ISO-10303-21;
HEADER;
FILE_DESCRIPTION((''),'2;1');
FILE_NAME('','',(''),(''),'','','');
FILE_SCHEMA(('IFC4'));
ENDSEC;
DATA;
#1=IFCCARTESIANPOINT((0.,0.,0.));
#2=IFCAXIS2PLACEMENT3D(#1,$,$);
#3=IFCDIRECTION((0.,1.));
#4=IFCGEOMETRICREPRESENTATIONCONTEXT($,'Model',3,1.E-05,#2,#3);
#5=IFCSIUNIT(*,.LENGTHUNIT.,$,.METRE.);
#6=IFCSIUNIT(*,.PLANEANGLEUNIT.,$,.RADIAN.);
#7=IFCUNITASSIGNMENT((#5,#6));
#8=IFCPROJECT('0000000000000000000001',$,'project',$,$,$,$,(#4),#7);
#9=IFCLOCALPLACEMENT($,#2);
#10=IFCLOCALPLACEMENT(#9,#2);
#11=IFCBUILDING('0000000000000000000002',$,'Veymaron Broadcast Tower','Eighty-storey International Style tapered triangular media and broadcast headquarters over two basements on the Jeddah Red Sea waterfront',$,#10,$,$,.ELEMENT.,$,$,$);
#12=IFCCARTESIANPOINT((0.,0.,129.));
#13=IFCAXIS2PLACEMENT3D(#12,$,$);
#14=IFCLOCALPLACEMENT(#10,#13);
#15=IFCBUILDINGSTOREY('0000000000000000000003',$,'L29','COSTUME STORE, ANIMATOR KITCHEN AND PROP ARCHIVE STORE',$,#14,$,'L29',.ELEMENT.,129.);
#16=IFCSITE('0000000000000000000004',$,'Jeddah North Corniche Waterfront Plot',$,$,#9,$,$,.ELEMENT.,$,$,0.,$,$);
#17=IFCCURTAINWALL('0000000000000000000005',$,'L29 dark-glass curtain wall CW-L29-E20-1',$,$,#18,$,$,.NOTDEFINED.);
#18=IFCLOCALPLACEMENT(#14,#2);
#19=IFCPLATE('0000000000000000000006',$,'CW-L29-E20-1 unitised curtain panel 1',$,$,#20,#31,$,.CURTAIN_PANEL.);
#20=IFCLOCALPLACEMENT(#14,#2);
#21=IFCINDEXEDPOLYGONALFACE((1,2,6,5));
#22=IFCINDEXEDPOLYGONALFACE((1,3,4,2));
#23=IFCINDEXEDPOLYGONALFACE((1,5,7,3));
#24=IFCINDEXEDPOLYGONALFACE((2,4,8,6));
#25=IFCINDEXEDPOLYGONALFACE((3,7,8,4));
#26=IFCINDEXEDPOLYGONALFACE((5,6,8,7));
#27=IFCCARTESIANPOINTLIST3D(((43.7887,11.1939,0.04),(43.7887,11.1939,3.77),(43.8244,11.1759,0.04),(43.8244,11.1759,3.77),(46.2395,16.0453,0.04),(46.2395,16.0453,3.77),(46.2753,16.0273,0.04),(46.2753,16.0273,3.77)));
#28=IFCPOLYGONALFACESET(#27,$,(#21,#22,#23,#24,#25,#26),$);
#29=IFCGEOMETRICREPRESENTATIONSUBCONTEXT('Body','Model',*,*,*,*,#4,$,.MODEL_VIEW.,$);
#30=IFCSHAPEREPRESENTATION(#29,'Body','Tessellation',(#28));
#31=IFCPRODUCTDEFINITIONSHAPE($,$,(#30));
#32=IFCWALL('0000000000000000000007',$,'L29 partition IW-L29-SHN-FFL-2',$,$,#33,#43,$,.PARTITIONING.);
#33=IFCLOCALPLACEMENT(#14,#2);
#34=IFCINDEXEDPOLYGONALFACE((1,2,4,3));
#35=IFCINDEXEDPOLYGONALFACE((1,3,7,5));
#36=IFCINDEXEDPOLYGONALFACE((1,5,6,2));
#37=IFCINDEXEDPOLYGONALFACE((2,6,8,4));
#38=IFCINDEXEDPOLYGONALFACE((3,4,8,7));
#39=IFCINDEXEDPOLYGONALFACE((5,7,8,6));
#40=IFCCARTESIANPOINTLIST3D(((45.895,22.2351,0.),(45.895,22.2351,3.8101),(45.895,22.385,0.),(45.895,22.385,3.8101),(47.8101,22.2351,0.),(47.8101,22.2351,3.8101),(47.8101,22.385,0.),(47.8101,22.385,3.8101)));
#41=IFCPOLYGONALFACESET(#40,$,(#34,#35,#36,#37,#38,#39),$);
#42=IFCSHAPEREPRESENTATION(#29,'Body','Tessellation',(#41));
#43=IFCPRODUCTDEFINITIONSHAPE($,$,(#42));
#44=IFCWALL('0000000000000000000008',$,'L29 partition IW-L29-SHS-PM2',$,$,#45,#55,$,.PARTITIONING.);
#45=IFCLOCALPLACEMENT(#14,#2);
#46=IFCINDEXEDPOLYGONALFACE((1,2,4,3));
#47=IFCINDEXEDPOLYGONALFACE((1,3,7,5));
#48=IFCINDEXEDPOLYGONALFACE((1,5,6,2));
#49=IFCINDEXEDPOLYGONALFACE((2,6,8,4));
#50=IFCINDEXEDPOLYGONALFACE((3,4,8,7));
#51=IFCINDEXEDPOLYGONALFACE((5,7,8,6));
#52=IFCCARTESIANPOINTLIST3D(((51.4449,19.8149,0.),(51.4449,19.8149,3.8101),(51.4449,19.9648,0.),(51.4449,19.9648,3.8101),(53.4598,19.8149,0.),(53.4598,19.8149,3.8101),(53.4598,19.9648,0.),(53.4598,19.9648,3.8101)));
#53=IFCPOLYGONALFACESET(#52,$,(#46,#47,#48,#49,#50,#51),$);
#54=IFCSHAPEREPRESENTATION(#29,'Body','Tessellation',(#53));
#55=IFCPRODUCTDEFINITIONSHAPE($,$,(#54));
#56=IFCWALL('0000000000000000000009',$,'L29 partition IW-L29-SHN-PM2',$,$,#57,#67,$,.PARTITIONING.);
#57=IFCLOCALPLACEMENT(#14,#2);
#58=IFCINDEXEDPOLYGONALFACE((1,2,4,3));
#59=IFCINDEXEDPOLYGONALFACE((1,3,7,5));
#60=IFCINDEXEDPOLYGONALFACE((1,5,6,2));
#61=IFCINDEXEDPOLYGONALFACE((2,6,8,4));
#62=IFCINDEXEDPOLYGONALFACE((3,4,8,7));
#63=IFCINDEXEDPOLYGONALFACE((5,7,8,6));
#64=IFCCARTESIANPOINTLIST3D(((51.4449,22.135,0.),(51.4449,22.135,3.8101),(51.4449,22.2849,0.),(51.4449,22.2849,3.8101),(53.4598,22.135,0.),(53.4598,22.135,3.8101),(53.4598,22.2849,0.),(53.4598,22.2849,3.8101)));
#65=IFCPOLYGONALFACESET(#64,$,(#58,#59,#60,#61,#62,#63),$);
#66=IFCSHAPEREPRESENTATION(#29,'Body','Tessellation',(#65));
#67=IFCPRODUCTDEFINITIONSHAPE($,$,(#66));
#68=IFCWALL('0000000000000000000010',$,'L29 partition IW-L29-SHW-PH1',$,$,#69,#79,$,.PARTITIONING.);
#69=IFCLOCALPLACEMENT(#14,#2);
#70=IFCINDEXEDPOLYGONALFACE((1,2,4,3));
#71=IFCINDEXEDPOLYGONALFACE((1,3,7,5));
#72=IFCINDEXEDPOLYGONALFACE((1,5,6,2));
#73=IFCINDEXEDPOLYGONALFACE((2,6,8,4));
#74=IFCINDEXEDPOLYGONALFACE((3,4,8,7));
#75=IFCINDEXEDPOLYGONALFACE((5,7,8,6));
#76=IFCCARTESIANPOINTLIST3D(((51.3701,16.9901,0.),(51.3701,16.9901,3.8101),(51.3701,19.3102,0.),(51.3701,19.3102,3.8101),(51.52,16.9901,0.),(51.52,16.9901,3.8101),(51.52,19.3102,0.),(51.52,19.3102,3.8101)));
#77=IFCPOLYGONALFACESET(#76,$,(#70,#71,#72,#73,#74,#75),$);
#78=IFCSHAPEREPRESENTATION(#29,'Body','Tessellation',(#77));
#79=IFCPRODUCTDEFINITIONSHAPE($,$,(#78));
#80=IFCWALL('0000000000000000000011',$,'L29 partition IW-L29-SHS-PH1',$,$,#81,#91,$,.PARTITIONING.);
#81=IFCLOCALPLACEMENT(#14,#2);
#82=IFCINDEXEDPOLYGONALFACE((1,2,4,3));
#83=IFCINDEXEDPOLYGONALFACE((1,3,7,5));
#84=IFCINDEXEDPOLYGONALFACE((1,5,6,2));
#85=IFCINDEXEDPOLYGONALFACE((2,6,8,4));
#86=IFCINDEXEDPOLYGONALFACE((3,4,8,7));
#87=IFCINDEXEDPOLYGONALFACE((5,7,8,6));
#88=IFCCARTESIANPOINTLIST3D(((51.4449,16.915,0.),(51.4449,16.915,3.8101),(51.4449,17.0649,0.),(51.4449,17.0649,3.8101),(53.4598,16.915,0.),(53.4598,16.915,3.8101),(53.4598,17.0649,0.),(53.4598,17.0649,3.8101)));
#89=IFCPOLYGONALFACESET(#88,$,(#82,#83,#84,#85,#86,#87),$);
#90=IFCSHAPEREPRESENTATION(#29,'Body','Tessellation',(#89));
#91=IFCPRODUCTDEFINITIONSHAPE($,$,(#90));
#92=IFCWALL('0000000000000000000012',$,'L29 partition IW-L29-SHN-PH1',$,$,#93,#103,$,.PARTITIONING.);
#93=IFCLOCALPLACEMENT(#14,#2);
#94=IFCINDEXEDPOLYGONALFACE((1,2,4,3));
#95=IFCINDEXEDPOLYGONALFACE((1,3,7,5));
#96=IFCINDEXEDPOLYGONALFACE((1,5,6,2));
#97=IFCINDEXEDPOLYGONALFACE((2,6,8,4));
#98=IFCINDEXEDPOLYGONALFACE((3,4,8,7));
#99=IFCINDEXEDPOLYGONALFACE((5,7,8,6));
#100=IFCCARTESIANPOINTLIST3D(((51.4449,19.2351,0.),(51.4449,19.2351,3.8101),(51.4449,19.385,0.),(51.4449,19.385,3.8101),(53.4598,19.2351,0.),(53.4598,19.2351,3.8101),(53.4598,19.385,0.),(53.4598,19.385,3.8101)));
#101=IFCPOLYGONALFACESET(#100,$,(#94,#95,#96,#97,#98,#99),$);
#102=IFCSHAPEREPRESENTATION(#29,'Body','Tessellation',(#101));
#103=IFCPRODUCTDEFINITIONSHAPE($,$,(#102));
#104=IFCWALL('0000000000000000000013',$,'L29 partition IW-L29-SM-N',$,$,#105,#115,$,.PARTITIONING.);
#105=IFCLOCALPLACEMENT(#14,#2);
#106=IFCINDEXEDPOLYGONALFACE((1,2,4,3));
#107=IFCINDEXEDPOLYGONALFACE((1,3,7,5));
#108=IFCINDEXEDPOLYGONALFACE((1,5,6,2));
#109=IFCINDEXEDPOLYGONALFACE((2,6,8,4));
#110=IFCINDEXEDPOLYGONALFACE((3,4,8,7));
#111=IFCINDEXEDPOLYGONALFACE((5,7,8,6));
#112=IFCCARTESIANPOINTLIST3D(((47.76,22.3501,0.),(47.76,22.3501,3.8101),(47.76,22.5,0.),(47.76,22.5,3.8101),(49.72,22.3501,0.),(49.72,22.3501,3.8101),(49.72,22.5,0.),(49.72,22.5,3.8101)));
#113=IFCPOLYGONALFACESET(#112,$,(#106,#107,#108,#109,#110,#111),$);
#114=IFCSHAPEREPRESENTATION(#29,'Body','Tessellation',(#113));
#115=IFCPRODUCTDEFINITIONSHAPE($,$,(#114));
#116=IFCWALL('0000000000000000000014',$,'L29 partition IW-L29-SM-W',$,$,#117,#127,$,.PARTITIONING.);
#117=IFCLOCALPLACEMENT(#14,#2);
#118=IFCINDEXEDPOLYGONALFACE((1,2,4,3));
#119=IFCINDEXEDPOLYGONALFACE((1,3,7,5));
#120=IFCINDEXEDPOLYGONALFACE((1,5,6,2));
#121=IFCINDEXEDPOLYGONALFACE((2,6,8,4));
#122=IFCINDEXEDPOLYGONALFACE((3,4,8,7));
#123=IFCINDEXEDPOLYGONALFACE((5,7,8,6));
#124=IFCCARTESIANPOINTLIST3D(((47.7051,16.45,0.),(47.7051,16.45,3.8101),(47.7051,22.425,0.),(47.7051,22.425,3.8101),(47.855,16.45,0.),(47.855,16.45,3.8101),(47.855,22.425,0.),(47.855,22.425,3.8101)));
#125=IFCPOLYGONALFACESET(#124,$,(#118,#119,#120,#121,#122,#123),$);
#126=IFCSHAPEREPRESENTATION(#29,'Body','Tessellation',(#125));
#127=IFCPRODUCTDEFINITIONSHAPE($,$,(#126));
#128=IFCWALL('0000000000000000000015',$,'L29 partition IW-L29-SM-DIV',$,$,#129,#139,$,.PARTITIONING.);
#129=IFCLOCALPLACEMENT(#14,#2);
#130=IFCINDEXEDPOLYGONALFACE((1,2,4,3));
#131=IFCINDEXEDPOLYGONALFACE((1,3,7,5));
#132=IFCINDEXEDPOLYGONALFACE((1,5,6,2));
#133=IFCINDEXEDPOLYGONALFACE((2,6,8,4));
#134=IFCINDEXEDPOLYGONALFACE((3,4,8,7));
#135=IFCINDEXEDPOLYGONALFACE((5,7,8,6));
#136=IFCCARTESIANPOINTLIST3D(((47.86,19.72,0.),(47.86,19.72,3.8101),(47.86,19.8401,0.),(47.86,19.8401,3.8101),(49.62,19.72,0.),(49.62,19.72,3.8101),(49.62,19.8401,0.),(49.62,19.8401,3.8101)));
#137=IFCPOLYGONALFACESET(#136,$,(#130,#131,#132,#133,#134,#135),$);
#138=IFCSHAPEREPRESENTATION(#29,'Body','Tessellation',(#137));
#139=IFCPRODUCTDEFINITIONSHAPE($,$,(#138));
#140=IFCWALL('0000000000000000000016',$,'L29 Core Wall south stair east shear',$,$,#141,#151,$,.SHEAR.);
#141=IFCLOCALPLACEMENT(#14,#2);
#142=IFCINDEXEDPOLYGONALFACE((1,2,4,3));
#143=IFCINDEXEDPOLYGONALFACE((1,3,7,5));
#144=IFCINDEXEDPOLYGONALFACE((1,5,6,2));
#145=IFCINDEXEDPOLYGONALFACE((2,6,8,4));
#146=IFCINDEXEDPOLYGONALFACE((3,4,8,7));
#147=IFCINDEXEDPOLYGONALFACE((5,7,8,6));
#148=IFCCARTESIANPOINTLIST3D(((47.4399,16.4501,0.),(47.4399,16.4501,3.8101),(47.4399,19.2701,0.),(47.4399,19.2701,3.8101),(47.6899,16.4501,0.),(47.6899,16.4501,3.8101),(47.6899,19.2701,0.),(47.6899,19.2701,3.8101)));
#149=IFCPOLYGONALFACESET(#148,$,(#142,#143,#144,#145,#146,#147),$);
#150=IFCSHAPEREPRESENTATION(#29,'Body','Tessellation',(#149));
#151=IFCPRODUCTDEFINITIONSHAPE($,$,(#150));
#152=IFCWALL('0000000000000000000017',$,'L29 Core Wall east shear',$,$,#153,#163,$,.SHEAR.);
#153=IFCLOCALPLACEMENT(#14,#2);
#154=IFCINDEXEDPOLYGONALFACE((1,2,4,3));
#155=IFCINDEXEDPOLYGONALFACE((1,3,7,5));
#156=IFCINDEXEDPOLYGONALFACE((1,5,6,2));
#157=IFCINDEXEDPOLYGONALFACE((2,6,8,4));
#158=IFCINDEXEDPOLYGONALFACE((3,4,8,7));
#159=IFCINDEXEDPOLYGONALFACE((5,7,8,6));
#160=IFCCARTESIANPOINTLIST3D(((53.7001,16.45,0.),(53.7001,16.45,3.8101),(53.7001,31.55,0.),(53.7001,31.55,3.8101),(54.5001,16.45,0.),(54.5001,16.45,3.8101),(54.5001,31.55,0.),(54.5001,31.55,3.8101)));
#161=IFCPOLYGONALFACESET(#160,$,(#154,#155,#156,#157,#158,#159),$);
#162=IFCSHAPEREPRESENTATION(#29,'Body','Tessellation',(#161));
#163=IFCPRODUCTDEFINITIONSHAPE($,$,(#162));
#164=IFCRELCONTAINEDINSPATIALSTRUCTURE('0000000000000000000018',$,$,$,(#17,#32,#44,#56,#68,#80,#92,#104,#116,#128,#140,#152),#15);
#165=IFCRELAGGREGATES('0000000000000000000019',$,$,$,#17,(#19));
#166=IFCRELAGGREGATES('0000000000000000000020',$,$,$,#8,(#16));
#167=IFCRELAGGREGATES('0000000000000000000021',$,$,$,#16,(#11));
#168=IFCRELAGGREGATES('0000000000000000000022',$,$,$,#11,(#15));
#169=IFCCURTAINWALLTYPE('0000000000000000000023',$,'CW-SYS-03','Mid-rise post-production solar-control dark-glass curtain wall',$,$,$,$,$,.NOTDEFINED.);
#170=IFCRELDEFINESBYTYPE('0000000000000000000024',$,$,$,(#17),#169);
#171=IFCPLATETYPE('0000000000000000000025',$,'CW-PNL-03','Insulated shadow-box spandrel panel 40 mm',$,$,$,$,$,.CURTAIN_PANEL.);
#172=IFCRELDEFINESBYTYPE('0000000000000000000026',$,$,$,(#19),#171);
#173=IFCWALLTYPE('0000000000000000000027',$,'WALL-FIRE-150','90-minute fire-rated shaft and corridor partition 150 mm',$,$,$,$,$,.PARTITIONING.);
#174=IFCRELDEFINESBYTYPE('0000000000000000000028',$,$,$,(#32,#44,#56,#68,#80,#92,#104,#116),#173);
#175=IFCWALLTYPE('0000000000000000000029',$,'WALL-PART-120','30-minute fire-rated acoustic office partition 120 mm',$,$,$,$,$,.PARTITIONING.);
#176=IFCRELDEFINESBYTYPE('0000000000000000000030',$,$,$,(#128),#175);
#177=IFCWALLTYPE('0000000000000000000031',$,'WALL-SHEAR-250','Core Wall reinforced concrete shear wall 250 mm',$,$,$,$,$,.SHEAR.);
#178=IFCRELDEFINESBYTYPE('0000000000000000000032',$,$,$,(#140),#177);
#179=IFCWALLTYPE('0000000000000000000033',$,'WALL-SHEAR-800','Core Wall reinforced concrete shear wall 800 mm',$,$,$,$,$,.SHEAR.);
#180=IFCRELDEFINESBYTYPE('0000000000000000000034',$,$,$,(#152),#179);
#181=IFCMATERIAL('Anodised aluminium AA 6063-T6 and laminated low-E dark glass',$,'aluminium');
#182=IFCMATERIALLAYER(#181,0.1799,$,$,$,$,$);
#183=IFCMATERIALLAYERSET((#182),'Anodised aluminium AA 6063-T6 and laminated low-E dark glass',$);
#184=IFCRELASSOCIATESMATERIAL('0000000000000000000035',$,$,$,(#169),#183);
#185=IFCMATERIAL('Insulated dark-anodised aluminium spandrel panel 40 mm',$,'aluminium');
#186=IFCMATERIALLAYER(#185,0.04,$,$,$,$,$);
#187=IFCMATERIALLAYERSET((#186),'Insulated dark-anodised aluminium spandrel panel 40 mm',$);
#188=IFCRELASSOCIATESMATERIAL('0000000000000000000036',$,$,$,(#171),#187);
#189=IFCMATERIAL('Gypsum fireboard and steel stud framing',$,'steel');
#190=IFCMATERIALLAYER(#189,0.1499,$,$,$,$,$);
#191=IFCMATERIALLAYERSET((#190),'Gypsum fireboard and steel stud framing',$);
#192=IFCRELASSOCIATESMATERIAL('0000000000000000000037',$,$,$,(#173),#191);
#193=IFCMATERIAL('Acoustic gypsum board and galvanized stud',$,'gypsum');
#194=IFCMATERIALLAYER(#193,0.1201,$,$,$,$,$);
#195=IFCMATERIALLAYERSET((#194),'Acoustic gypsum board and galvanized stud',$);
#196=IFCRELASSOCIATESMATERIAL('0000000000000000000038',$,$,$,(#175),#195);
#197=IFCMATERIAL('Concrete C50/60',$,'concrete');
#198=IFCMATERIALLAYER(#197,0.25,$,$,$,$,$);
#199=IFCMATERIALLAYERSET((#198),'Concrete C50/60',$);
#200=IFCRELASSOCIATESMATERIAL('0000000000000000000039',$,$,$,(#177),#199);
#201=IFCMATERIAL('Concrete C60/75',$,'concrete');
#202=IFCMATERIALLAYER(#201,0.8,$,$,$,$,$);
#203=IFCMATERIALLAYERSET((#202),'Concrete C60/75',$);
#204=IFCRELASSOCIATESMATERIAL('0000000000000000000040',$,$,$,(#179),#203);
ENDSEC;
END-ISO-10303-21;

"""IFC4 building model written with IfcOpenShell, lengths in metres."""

from ifc_helpers import new_model, si_unit, direction, frame, frame_2d, origin, origin_2d, place, context, subcontext, project, spatial, rectangle, extrude, material, layer, layer_set, type_object, element, aggregate, save


model = new_model("IFC4")

# Units and contexts
model_context = context("Model", 3, precision=1e-05, world=origin(), true_north=direction((0.0, 1.0)))
body_context = subcontext(model_context, "Body", "Model", "MODEL_VIEW")
ifc_project = project(units=[si_unit("LENGTHUNIT", "METRE"), si_unit("PLANEANGLEUNIT", "RADIAN")], contexts=[model_context])

# Site, building, storey
site_placement = place(None, origin())
site = spatial("IfcSite", under=ifc_project, at=site_placement, Name="Jeddah North Corniche Waterfront Plot", CompositionType="ELEMENT", RefElevation=0.0)
building_placement = place(site_placement, origin())
building = spatial("IfcBuilding", under=site, at=building_placement, Name="Veymaron Broadcast Tower", Description="Eighty-storey International Style tapered triangular media and broadcast headquarters over two basements on the Jeddah Red Sea waterfront", CompositionType="ELEMENT")
storey_placement = place(building_placement, frame((0.0, 0.0, 129.0)))
storey = spatial("IfcBuildingStorey", under=building, at=storey_placement, Name="L29", Description="COSTUME STORE, ANIMATOR KITCHEN AND PROP ARCHIVE STORE", LongName="L29", CompositionType="ELEMENT", Elevation=129.0)

# Shared definitions
ifc_material_1 = material(Name="Anodised aluminium AA 6063-T6 and laminated low-E dark glass", Category="aluminium")
ifc_layer_1 = layer(ifc_material_1, 0.1799)
ifc_layer_set_1 = layer_set([ifc_layer_1], Name="Anodised aluminium AA 6063-T6 and laminated low-E dark glass")
curtain_wall_type = type_object("IfcCurtainWallType", Name="CW-SYS-03", Description="Mid-rise post-production solar-control dark-glass curtain wall", PredefinedType="NOTDEFINED", material=ifc_layer_set_1)

# Curtain wall
curtain_wall_1_placement = place(storey_placement, origin())
curtain_wall_1 = element("IfcCurtainWall", 1, at=curtain_wall_1_placement, inside=storey, type_object=curtain_wall_type, Name="L29 dark-glass curtain wall CW-L29-E20-1", PredefinedType="NOTDEFINED")

# Plate
ifc_material_2 = material(Name="Insulated dark-anodised aluminium spandrel panel 40 mm", Category="aluminium")
ifc_layer_2 = layer(ifc_material_2, 0.04)
ifc_layer_set_2 = layer_set([ifc_layer_2], Name="Insulated dark-anodised aluminium spandrel panel 40 mm")
plate_type = type_object("IfcPlateType", Name="CW-PNL-03", Description="Insulated shadow-box spandrel panel 40 mm", PredefinedType="CURTAIN_PANEL", material=ifc_layer_set_2)
plate_1_placement = place(storey_placement, frame((45.032, 13.6106, 0.04), z_axis=(0.0, 0.0, 1.0), x_axis=(0.450909, 0.89257, 0.0)))
plate_1 = element("IfcPlate", 2, at=plate_1_placement, type_object=plate_type, Name="CW-L29-E20-1 unitised curtain panel 1", PredefinedType="CURTAIN_PANEL", context=body_context, shape_type="SweptSolid", body=[
    extrude(rectangle(XDim=5.4353, YDim=0.04, at=origin_2d()), origin(), (0.0, 0.0, 1.0), 3.73),
])
aggregate(curtain_wall_1, [plate_1])

# Shared definitions
ifc_material_3 = material(Name="Gypsum fireboard and steel stud framing", Category="steel")
ifc_layer_3 = layer(ifc_material_3, 0.1499)
ifc_layer_set_3 = layer_set([ifc_layer_3], Name="Gypsum fireboard and steel stud framing")
wall_type_1 = type_object("IfcWallType", Name="WALL-FIRE-150", Description="90-minute fire-rated shaft and corridor partition 150 mm", PredefinedType="PARTITIONING", material=ifc_layer_set_3)

# Wall
wall_1_placement = place(storey_placement, frame((45.895, 22.3101, 0.0), z_axis=(0.0, 0.0, 1.0), x_axis=(1.0, 0.0, 0.0)))
element("IfcWall", 3, at=wall_1_placement, inside=storey, type_object=wall_type_1, Name="L29 partition IW-L29-SHN-FFL-2", PredefinedType="PARTITIONING", context=body_context, shape_type="SweptSolid", body=[
    extrude(rectangle(XDim=1.915, YDim=0.1499, at=frame_2d((0.9575, 0.0))), origin(), (0.0, 0.0, 1.0), 3.8101),
])

# Walls
for number, where, z_axis, x_axis, name in (
    (4, (51.4451, 19.8899, 0.0), (0.0, 0.0, 1.0), (1.0, 0.0, 0.0), "L29 partition IW-L29-SHS-PM2"),
    (5, (51.4451, 22.21, 0.0), (0.0, 0.0, 1.0), (1.0, 0.0, 0.0), "L29 partition IW-L29-SHN-PM2"),
):
    element("IfcWall", number, at=place(storey_placement, frame(where, z_axis=z_axis, x_axis=x_axis)), inside=storey, type_object=wall_type_1, Name=name, PredefinedType="PARTITIONING", context=body_context, shape_type="SweptSolid", body=[
        extrude(rectangle(XDim=2.0149, YDim=0.1499, at=frame_2d((1.0073, 0.0))), origin(), (0.0, 0.0, 1.0), 3.8101),
    ])
wall_2_placement = place(storey_placement, frame((51.4451, 16.99, 0.0), z_axis=(0.0, 0.0, 1.0), x_axis=(0.0, 1.0, 0.0)))
element("IfcWall", 6, at=wall_2_placement, inside=storey, type_object=wall_type_1, Name="L29 partition IW-L29-SHW-PH1", PredefinedType="PARTITIONING", context=body_context, shape_type="SweptSolid", body=[
    extrude(rectangle(XDim=2.3201, YDim=0.1499, at=frame_2d((1.1602, 0.0))), origin(), (0.0, 0.0, 1.0), 3.8101),
])
for number, where, z_axis, x_axis, name in (
    (7, (51.4451, 16.99, 0.0), (0.0, 0.0, 1.0), (1.0, 0.0, 0.0), "L29 partition IW-L29-SHS-PH1"),
    (8, (51.4451, 19.3101, 0.0), (0.0, 0.0, 1.0), (1.0, 0.0, 0.0), "L29 partition IW-L29-SHN-PH1"),
):
    element("IfcWall", number, at=place(storey_placement, frame(where, z_axis=z_axis, x_axis=x_axis)), inside=storey, type_object=wall_type_1, Name=name, PredefinedType="PARTITIONING", context=body_context, shape_type="SweptSolid", body=[
        extrude(rectangle(XDim=2.0149, YDim=0.1499, at=frame_2d((1.0073, 0.0))), origin(), (0.0, 0.0, 1.0), 3.8101),
    ])

# Walls
wall_3_placement = place(storey_placement, frame((47.76, 22.425, 0.0), z_axis=(0.0, 0.0, 1.0), x_axis=(1.0, 0.0, 0.0)))
element("IfcWall", 9, at=wall_3_placement, inside=storey, type_object=wall_type_1, Name="L29 partition IW-L29-SM-N", PredefinedType="PARTITIONING", context=body_context, shape_type="SweptSolid", body=[
    extrude(rectangle(XDim=1.96, YDim=0.1499, at=frame_2d((0.98, 0.0))), origin(), (0.0, 0.0, 1.0), 3.8101),
])
wall_4_placement = place(storey_placement, frame((47.78, 16.45, 0.0), z_axis=(0.0, 0.0, 1.0), x_axis=(0.0, 1.0, 0.0)))
element("IfcWall", 10, at=wall_4_placement, inside=storey, type_object=wall_type_1, Name="L29 partition IW-L29-SM-W", PredefinedType="PARTITIONING", context=body_context, shape_type="SweptSolid", body=[
    extrude(rectangle(XDim=5.9751, YDim=0.1499, at=frame_2d((2.9875, 0.0))), origin(), (0.0, 0.0, 1.0), 3.8101),
])
ifc_material_4 = material(Name="Acoustic gypsum board and galvanized stud", Category="gypsum")
ifc_layer_4 = layer(ifc_material_4, 0.1201)
ifc_layer_set_4 = layer_set([ifc_layer_4], Name="Acoustic gypsum board and galvanized stud")
wall_type_2 = type_object("IfcWallType", Name="WALL-PART-120", Description="30-minute fire-rated acoustic office partition 120 mm", PredefinedType="PARTITIONING", material=ifc_layer_set_4)
wall_5_placement = place(storey_placement, frame((47.8601, 19.78, 0.0), z_axis=(0.0, 0.0, 1.0), x_axis=(1.0, 0.0, 0.0)))
element("IfcWall", 11, at=wall_5_placement, inside=storey, type_object=wall_type_2, Name="L29 partition IW-L29-SM-DIV", PredefinedType="PARTITIONING", context=body_context, shape_type="SweptSolid", body=[
    extrude(rectangle(XDim=1.76, YDim=0.1201, at=frame_2d((0.8799, 0.0))), origin(), (0.0, 0.0, 1.0), 3.8101),
])

# Walls
ifc_material_5 = material(Name="Concrete C50/60", Category="concrete")
ifc_layer_5 = layer(ifc_material_5, 0.25)
ifc_layer_set_5 = layer_set([ifc_layer_5], Name="Concrete C50/60")
wall_type_3 = type_object("IfcWallType", Name="WALL-SHEAR-250", Description="Core Wall reinforced concrete shear wall 250 mm", PredefinedType="SHEAR", material=ifc_layer_set_5)
wall_6_placement = place(storey_placement, frame((47.5649, 16.45, 0.0), z_axis=(0.0, 0.0, 1.0), x_axis=(0.0, 1.0, 0.0)))
element("IfcWall", 12, at=wall_6_placement, inside=storey, type_object=wall_type_3, Name="L29 Core Wall south stair east shear", PredefinedType="SHEAR", context=body_context, shape_type="SweptSolid", body=[
    extrude(rectangle(XDim=2.8201, YDim=0.25, at=frame_2d((1.4102, 0.0))), origin(), (0.0, 0.0, 1.0), 3.8101),
])
ifc_material_6 = material(Name="Concrete C60/75", Category="concrete")
ifc_layer_6 = layer(ifc_material_6, 0.8)
ifc_layer_set_6 = layer_set([ifc_layer_6], Name="Concrete C60/75")
wall_type_4 = type_object("IfcWallType", Name="WALL-SHEAR-800", Description="Core Wall reinforced concrete shear wall 800 mm", PredefinedType="SHEAR", material=ifc_layer_set_6)
wall_7_placement = place(storey_placement, frame((54.1001, 16.45, 0.0), z_axis=(0.0, 0.0, 1.0), x_axis=(0.0, 1.0, 0.0)))
element("IfcWall", 13, at=wall_7_placement, inside=storey, type_object=wall_type_4, Name="L29 Core Wall east shear", PredefinedType="SHEAR", context=body_context, shape_type="SweptSolid", body=[
    extrude(rectangle(XDim=15.1001, YDim=0.8, at=frame_2d((7.55, 0.0))), origin(), (0.0, 0.0, 1.0), 3.8101),
])

save(model, "model.ifc")
